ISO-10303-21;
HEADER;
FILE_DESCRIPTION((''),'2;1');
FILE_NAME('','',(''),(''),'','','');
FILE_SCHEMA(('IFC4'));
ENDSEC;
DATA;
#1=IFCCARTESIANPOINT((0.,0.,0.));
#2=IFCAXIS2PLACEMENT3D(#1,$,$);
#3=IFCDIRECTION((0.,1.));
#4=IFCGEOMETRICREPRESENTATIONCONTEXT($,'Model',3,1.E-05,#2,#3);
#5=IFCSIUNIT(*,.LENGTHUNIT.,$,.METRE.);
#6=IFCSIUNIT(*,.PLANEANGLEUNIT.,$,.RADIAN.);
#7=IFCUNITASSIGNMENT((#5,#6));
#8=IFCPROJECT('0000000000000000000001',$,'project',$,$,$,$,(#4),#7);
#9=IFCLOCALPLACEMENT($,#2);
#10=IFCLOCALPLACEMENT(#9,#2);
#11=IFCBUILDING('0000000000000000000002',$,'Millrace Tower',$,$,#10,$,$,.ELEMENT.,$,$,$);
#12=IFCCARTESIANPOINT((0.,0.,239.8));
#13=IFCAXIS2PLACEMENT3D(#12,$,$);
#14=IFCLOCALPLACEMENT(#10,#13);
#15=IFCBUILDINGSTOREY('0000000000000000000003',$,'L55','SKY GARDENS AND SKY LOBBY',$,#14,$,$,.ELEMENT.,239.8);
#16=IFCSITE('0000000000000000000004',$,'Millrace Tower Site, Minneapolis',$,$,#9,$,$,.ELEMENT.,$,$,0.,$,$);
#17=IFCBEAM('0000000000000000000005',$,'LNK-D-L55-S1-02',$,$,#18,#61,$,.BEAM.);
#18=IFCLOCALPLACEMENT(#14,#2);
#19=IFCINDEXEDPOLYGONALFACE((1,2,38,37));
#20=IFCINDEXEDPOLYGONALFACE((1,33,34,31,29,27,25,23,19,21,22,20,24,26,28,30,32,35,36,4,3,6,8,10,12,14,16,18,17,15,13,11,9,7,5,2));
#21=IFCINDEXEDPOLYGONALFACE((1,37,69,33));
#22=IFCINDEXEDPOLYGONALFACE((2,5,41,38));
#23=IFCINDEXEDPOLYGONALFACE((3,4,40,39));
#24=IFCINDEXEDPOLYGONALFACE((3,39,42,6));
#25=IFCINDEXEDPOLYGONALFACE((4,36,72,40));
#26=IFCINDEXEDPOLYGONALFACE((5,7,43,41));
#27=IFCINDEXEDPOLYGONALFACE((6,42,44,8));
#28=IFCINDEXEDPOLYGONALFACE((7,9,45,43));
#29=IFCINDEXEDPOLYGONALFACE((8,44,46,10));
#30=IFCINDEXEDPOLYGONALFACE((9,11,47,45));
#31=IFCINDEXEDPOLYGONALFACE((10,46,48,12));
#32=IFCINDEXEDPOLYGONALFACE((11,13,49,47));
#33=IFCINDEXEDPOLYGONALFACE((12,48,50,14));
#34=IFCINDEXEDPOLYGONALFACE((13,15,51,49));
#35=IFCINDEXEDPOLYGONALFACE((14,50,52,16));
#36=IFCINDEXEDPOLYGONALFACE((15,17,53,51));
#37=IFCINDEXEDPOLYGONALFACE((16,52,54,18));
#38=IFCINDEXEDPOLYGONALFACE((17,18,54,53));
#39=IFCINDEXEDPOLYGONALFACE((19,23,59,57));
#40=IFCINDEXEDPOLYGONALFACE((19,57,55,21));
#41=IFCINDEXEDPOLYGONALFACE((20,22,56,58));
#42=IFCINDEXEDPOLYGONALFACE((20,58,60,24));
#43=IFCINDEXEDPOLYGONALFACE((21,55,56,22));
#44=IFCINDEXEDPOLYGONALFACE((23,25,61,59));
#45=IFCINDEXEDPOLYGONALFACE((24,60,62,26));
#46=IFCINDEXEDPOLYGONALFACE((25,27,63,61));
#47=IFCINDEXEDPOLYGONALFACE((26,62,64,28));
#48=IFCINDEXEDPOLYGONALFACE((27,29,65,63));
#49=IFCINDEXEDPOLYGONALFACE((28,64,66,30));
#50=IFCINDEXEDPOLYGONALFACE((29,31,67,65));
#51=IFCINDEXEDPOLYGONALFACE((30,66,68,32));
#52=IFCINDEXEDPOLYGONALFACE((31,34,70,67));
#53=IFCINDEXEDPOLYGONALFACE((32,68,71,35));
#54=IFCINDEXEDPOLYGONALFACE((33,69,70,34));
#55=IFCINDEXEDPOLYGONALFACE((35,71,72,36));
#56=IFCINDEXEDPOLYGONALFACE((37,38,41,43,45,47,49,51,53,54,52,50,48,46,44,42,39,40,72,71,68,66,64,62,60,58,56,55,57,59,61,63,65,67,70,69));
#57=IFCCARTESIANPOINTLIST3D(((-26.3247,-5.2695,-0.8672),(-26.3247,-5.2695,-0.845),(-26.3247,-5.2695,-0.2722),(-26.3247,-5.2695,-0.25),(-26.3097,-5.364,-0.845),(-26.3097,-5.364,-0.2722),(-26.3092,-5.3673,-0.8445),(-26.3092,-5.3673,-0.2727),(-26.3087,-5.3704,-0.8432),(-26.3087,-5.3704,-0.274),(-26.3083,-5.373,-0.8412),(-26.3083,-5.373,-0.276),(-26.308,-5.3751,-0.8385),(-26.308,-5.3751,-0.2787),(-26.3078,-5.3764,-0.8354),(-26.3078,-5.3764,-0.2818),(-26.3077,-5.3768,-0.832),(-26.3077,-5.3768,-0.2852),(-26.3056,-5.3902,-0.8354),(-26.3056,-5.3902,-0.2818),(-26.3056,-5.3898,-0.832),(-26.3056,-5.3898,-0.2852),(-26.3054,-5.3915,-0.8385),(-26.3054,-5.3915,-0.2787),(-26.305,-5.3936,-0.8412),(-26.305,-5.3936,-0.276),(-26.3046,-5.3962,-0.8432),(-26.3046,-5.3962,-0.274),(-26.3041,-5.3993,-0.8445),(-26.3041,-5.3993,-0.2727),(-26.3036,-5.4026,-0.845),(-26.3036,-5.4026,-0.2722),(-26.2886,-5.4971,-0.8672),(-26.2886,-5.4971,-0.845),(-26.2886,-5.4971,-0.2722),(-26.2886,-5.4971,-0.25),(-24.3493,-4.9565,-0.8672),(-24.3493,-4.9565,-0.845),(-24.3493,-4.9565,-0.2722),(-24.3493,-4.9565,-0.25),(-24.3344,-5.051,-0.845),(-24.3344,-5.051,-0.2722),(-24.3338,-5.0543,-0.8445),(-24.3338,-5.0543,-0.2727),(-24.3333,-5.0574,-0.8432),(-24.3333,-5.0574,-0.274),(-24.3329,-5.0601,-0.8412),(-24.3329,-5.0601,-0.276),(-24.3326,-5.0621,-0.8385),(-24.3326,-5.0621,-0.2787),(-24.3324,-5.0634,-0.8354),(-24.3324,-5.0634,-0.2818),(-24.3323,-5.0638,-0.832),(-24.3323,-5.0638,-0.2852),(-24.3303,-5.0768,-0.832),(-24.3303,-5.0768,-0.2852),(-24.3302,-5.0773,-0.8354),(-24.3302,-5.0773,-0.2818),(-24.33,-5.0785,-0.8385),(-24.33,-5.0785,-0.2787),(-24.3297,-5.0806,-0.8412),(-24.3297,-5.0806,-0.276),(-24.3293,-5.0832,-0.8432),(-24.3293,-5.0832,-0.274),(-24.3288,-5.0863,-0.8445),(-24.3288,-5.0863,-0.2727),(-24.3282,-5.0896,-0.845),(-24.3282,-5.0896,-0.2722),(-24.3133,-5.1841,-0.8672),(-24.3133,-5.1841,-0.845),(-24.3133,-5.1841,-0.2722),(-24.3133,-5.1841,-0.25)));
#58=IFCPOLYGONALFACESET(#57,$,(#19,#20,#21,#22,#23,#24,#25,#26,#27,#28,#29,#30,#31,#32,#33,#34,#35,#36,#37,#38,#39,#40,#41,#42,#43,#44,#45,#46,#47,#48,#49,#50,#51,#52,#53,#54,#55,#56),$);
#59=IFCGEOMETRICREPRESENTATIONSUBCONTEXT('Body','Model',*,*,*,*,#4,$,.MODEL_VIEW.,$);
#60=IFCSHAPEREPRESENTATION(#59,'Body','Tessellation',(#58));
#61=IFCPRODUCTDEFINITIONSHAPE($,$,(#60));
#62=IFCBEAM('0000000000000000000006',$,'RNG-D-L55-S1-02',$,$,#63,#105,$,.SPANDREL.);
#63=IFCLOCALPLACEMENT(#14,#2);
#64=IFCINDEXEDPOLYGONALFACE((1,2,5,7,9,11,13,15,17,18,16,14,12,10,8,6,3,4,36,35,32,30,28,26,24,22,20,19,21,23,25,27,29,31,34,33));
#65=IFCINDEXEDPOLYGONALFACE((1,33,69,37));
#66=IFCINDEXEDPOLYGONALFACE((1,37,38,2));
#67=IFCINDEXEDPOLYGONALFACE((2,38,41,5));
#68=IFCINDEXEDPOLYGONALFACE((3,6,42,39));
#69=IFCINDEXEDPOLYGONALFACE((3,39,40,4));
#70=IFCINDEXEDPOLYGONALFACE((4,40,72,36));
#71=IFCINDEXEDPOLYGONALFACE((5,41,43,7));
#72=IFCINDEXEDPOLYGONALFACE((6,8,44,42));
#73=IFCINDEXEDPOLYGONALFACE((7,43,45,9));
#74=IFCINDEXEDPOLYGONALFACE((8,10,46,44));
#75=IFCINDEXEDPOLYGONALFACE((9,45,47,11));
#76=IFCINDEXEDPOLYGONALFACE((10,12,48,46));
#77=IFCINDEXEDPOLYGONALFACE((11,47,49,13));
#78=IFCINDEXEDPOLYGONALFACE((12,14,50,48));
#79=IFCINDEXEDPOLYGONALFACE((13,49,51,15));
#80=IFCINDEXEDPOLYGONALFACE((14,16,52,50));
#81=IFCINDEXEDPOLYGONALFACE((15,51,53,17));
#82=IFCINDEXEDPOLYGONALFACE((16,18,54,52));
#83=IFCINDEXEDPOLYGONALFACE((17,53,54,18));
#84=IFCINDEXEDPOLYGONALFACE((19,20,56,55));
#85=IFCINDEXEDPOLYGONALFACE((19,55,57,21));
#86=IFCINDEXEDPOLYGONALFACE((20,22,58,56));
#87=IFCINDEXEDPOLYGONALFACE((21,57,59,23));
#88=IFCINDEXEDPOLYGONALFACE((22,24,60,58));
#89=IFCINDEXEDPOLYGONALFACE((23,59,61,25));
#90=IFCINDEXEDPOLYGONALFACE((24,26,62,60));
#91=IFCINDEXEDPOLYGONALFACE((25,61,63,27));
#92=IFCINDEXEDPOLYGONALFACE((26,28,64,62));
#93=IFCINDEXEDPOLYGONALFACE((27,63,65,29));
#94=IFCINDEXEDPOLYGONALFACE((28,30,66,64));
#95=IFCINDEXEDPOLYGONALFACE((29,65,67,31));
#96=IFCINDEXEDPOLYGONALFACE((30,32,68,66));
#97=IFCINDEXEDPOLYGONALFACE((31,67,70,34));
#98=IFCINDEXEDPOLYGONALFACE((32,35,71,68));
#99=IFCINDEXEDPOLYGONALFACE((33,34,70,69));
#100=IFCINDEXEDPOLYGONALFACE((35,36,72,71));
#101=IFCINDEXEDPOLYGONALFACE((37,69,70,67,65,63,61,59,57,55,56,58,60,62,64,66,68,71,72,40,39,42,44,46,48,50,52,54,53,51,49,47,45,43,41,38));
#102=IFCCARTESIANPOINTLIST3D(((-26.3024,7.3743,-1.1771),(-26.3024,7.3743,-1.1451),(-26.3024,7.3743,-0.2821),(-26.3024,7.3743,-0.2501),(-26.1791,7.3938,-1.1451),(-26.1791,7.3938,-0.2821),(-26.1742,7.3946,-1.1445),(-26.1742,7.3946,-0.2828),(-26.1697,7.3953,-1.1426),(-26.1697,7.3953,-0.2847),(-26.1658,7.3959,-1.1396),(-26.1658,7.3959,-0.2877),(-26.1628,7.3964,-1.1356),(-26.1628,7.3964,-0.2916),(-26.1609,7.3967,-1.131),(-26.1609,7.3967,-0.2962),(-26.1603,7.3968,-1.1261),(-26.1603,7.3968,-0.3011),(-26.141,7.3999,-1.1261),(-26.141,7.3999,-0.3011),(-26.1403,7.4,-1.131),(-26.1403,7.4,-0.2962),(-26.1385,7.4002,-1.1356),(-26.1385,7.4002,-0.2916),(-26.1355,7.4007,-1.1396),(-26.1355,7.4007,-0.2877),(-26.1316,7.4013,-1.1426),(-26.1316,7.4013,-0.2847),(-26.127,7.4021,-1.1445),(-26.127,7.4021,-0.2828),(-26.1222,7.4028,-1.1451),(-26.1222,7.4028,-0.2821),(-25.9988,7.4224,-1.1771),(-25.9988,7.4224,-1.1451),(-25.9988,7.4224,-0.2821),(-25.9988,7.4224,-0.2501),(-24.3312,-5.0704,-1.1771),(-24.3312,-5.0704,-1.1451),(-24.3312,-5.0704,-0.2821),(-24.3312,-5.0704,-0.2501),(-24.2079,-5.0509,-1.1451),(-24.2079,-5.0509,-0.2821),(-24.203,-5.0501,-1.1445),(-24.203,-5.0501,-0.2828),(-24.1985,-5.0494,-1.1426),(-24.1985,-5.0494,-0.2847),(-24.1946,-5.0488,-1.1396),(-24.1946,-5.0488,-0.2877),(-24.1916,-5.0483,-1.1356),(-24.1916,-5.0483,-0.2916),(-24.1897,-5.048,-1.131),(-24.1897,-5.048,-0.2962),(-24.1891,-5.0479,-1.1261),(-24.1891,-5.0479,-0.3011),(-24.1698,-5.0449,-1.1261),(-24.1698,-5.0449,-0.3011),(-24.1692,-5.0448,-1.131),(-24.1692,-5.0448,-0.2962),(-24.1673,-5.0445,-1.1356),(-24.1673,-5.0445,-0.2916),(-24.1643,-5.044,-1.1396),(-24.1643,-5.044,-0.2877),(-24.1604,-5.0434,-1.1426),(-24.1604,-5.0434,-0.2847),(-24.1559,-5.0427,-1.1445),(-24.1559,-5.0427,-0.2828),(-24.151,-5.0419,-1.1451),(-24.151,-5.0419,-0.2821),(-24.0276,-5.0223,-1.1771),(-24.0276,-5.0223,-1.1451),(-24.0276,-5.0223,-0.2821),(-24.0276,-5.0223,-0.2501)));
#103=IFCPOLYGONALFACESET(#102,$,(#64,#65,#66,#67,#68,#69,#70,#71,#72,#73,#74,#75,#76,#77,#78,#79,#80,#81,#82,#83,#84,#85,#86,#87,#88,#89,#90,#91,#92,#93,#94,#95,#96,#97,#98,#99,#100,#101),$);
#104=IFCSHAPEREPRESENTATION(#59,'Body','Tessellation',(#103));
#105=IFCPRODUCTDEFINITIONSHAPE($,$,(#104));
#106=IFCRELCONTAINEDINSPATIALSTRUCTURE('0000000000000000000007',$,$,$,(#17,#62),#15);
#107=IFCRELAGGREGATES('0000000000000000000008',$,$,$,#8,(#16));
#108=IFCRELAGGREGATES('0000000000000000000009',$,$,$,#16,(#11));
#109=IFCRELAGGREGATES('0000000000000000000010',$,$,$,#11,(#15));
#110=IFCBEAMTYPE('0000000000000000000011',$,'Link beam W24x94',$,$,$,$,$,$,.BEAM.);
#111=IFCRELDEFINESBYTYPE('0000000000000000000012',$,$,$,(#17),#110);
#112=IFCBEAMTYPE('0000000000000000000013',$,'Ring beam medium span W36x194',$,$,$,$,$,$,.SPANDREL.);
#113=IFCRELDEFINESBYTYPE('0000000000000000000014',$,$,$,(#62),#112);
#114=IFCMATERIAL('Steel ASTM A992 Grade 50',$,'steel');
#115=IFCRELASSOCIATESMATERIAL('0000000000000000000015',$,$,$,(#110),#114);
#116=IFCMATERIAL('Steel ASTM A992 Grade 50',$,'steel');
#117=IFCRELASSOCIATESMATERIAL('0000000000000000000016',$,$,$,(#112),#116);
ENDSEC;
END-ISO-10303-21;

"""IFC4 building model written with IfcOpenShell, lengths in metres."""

from ifc_helpers import new_model, si_unit, direction, frame, origin, origin_2d, place, context, subcontext, project, spatial, i_section, extrude, material, material_profile, profile_set, type_object, element, save


model = new_model("IFC4")

# Units and contexts
model_context = context("Model", 3, precision=1e-05, world=origin(), true_north=direction((0.0, 1.0)))
body_context = subcontext(model_context, "Body", "Model", "MODEL_VIEW")
ifc_project = project(units=[si_unit("LENGTHUNIT", "METRE"), si_unit("PLANEANGLEUNIT", "RADIAN")], contexts=[model_context])

# Site, building, storey
site_placement = place(None, origin())
site = spatial("IfcSite", under=ifc_project, at=site_placement, Name="Millrace Tower Site, Minneapolis", CompositionType="ELEMENT", RefElevation=0.0)
building_placement = place(site_placement, origin())
building = spatial("IfcBuilding", under=site, at=building_placement, Name="Millrace Tower", CompositionType="ELEMENT")
storey_placement = place(building_placement, frame((0.0, 0.0, 239.8)))
storey = spatial("IfcBuildingStorey", under=building, at=storey_placement, Name="L55", Description="SKY GARDENS AND SKY LOBBY", CompositionType="ELEMENT", Elevation=239.8)

# Beams
ifc_material_1 = material(Name="Steel ASTM A992 Grade 50", Category="steel")
ifc_material_profile_1 = material_profile(ifc_material_1, i_section(OverallWidth=0.2305, OverallDepth=0.6172, WebThickness=0.0132, FlangeThickness=0.0222, FilletRadius=0.0129, at=origin_2d()))
ifc_profile_set_1 = profile_set([ifc_material_profile_1], Name="Steel ASTM A992 Grade 50")
beam_type_1 = type_object("IfcBeamType", Name="Link beam W24x94", PredefinedType="BEAM", material=ifc_profile_set_1)
beam_1_placement = place(storey_placement, frame((-24.3313, -5.0703, -0.5586), z_axis=(-0.987679, -0.156495, 0.0), x_axis=(0.156495, -0.987679, 0.0)))
element("IfcBeam", 1, at=beam_1_placement, inside=storey, type_object=beam_type_1, Name="LNK-D-L55-S1-02", PredefinedType="BEAM", context=body_context, shape_type="SweptSolid", body=[
    extrude(i_section(OverallWidth=0.2305, OverallDepth=0.6172, WebThickness=0.0132, FlangeThickness=0.0222, FilletRadius=0.0129, at=origin_2d()), origin(), (0.0, 0.0, 1.0), 2.0),
])
ifc_material_2 = material(Name="Steel ASTM A992 Grade 50", Category="steel")
ifc_material_profile_2 = material_profile(ifc_material_2, i_section(OverallWidth=0.3074, OverallDepth=0.927, WebThickness=0.0195, FlangeThickness=0.032, FilletRadius=0.019, at=origin_2d()))
ifc_profile_set_2 = profile_set([ifc_material_profile_2], Name="Steel ASTM A992 Grade 50")
beam_type_2 = type_object("IfcBeamType", Name="Ring beam medium span W36x194", PredefinedType="SPANDREL", material=ifc_profile_set_2)
beam_2_placement = place(storey_placement, frame((-24.1794, -5.0464, -0.7136), z_axis=(-0.156444, 0.987687, 0.0), x_axis=(-0.987687, -0.156444, 0.0)))
element("IfcBeam", 2, at=beam_2_placement, inside=storey, type_object=beam_type_2, Name="RNG-D-L55-S1-02", PredefinedType="SPANDREL", context=body_context, shape_type="SweptSolid", body=[
    extrude(i_section(OverallWidth=0.3074, OverallDepth=0.927, WebThickness=0.0195, FlangeThickness=0.032, FilletRadius=0.019, at=origin_2d()), origin(), (0.0, 0.0, 1.0), 12.5999),
])

save(model, "model.ifc")
